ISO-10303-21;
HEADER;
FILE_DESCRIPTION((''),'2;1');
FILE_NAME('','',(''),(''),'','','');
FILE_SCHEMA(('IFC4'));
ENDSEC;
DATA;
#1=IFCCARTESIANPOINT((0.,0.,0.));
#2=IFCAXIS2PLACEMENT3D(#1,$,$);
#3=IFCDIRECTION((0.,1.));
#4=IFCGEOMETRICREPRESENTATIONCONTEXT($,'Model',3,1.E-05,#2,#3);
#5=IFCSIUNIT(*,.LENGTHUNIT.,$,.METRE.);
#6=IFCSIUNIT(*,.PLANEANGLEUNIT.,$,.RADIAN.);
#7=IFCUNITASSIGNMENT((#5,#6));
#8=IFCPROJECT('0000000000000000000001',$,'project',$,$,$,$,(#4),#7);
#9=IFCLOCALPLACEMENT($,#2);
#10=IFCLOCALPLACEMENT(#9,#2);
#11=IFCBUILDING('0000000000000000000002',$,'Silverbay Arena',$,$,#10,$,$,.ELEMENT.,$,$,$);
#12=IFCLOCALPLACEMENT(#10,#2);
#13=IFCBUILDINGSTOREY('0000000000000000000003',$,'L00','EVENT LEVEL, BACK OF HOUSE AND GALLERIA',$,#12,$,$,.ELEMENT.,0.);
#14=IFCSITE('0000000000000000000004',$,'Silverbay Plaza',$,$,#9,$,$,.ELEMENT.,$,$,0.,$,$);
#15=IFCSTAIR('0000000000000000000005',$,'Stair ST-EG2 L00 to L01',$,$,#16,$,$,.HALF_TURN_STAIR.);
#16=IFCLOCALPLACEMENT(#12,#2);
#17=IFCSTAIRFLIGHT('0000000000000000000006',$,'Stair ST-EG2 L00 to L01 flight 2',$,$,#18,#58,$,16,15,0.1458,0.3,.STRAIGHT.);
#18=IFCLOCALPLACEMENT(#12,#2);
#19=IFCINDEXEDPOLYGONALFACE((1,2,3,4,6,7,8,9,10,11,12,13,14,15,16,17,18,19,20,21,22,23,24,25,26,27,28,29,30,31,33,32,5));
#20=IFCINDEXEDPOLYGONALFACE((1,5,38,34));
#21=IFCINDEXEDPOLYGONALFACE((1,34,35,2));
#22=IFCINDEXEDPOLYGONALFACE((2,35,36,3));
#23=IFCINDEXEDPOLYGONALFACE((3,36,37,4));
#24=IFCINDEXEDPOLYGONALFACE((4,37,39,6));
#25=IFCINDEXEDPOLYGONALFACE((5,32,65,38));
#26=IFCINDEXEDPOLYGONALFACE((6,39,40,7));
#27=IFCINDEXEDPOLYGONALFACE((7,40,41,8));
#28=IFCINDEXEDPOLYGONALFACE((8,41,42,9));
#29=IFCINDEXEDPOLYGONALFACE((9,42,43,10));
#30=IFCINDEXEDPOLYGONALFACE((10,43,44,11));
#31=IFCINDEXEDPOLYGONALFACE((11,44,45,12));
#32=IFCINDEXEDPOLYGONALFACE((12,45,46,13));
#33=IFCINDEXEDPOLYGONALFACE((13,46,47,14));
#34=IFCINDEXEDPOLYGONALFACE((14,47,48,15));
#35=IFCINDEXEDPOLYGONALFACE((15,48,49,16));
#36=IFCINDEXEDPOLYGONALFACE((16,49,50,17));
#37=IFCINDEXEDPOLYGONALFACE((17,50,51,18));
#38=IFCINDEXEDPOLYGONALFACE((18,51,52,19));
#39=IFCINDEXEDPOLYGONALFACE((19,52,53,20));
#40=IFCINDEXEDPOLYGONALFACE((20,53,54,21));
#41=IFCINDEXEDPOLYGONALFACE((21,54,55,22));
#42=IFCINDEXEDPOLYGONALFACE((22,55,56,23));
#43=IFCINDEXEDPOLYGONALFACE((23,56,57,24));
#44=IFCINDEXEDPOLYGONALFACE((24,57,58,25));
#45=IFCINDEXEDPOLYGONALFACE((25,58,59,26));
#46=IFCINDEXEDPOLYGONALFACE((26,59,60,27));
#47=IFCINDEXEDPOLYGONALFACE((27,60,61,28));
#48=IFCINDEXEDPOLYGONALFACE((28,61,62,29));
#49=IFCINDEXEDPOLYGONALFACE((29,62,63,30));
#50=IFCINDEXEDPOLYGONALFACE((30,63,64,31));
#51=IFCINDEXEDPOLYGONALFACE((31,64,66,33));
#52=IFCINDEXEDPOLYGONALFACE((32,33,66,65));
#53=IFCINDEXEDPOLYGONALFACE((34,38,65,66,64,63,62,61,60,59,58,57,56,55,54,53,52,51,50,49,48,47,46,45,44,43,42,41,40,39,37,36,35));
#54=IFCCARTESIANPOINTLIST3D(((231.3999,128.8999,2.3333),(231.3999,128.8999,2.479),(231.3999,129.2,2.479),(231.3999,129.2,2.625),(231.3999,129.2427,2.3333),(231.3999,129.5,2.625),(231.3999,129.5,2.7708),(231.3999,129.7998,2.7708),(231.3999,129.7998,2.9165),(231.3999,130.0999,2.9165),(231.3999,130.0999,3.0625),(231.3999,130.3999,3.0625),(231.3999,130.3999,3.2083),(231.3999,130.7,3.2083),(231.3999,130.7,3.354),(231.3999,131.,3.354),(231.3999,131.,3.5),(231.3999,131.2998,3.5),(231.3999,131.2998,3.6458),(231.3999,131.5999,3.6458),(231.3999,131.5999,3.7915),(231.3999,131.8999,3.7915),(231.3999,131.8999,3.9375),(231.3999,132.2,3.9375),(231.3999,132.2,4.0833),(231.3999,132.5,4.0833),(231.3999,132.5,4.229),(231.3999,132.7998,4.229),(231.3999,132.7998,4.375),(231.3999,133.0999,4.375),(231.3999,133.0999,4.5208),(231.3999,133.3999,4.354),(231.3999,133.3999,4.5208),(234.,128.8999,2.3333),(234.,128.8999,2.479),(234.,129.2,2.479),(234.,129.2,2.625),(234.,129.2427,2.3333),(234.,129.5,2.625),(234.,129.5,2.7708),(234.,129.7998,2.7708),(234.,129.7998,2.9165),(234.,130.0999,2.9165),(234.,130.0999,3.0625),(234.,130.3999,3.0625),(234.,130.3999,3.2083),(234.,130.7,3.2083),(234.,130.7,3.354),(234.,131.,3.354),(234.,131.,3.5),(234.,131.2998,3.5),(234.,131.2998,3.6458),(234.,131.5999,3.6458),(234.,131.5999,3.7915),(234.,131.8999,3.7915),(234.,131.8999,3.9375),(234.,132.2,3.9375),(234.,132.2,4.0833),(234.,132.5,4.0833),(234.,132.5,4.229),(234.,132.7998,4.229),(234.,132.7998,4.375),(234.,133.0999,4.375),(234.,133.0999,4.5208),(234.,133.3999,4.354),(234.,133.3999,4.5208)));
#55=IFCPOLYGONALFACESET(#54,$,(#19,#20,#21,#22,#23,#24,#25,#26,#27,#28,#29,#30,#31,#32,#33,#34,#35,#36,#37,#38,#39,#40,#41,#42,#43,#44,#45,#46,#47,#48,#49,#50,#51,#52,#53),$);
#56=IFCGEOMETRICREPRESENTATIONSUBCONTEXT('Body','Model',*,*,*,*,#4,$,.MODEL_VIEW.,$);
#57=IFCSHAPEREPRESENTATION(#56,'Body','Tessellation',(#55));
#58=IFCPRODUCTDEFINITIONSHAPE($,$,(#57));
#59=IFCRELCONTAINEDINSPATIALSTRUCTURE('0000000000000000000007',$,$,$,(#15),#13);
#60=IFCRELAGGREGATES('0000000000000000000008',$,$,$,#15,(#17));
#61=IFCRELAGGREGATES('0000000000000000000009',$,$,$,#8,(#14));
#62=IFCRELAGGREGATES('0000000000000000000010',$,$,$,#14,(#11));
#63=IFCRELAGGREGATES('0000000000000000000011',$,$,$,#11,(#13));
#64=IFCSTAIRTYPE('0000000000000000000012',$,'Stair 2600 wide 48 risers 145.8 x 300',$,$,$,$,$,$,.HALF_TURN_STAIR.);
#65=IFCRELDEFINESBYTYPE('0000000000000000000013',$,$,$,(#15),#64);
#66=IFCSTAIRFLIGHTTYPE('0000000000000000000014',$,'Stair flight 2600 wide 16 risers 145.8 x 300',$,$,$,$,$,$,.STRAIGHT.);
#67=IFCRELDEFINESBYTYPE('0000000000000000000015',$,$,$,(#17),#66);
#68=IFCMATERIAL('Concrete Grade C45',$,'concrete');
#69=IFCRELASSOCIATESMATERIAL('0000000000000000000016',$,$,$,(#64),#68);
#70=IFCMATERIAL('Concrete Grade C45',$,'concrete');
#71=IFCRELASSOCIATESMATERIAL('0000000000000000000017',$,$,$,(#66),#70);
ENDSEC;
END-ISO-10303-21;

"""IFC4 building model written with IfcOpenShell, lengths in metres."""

from ifc_helpers import new_model, si_unit, direction, frame, origin, place, context, subcontext, project, spatial, polyline, outline, extrude, material, type_object, element, aggregate, save


model = new_model("IFC4")

# Units and contexts
model_context = context("Model", 3, precision=1e-05, world=origin(), true_north=direction((0.0, 1.0)))
body_context = subcontext(model_context, "Body", "Model", "MODEL_VIEW")
ifc_project = project(units=[si_unit("LENGTHUNIT", "METRE"), si_unit("PLANEANGLEUNIT", "RADIAN")], contexts=[model_context])

# Site, building, storey
site_placement = place(None, origin())
site = spatial("IfcSite", under=ifc_project, at=site_placement, Name="Silverbay Plaza", CompositionType="ELEMENT", RefElevation=0.0)
building_placement = place(site_placement, origin())
building = spatial("IfcBuilding", under=site, at=building_placement, Name="Silverbay Arena", CompositionType="ELEMENT")
storey_placement = place(building_placement, origin())
storey = spatial("IfcBuildingStorey", under=building, at=storey_placement, Name="L00", Description="EVENT LEVEL, BACK OF HOUSE AND GALLERIA", CompositionType="ELEMENT", Elevation=0.0)

# Stair, stair flight
ifc_material_1 = material(Name="Concrete Grade C45", Category="concrete")
stair_type = type_object("IfcStairType", Name="Stair 2600 wide 48 risers 145.8 x 300", PredefinedType="HALF_TURN_STAIR", material=ifc_material_1)
stair_placement = place(storey_placement, origin())
stair = element("IfcStair", 1, at=stair_placement, inside=storey, type_object=stair_type, Name="Stair ST-EG2 L00 to L01", PredefinedType="HALF_TURN_STAIR")
ifc_material_2 = material(Name="Concrete Grade C45", Category="concrete")
stair_flight_type = type_object("IfcStairFlightType", Name="Stair flight 2600 wide 16 risers 145.8 x 300", PredefinedType="STRAIGHT", material=ifc_material_2)
stair_flight_placement = place(storey_placement, frame((232.7, 128.8999, 2.3333), z_axis=(0.0, 0.0, 1.0), x_axis=(0.0, 1.0, 0.0)))
stair_flight = element("IfcStairFlight", 2, at=stair_flight_placement, type_object=stair_flight_type, Name="Stair ST-EG2 L00 to L01 flight 2", NumberOfRisers=16, NumberOfTreads=15, PredefinedType="STRAIGHT", RiserHeight=0.1458, TreadLength=0.3, context=body_context, shape_type="SweptSolid", body=[
    extrude(outline(polyline([(0.0, 0.0), (0.0, 0.1458), (0.3, 0.1458), (0.3, 0.2917), (0.6001, 0.2917), (0.6001, 0.4375), (0.8999, 0.4375), (0.8999, 0.5833), (1.2, 0.5833), (1.2, 0.7292), (1.5, 0.7292), (1.5, 0.875), (1.8, 0.875), (1.8, 1.0208), (2.1001, 1.0208), (2.1001, 1.1667), (2.3999, 1.1667), (2.3999, 1.3125), (2.7, 1.3125), (2.7, 1.4583), (3.0, 1.4583), (3.0, 1.6042), (3.3, 1.6042), (3.3, 1.75), (3.6001, 1.75), (3.6001, 1.8958), (3.8999, 1.8958), (3.8999, 2.0417), (4.2, 2.0417), (4.2, 2.1875), (4.5, 2.1875), (4.5, 2.0208), (0.3428, 0.0), (0.0, 0.0)])), frame((0.0, 1.3, 0.0), z_axis=(0.0, -1.0, 0.0), x_axis=(1.0, 0.0, 0.0)), (0.0, 0.0, 1.0), 2.6001),
])
aggregate(stair, [stair_flight])

save(model, "model.ifc")
